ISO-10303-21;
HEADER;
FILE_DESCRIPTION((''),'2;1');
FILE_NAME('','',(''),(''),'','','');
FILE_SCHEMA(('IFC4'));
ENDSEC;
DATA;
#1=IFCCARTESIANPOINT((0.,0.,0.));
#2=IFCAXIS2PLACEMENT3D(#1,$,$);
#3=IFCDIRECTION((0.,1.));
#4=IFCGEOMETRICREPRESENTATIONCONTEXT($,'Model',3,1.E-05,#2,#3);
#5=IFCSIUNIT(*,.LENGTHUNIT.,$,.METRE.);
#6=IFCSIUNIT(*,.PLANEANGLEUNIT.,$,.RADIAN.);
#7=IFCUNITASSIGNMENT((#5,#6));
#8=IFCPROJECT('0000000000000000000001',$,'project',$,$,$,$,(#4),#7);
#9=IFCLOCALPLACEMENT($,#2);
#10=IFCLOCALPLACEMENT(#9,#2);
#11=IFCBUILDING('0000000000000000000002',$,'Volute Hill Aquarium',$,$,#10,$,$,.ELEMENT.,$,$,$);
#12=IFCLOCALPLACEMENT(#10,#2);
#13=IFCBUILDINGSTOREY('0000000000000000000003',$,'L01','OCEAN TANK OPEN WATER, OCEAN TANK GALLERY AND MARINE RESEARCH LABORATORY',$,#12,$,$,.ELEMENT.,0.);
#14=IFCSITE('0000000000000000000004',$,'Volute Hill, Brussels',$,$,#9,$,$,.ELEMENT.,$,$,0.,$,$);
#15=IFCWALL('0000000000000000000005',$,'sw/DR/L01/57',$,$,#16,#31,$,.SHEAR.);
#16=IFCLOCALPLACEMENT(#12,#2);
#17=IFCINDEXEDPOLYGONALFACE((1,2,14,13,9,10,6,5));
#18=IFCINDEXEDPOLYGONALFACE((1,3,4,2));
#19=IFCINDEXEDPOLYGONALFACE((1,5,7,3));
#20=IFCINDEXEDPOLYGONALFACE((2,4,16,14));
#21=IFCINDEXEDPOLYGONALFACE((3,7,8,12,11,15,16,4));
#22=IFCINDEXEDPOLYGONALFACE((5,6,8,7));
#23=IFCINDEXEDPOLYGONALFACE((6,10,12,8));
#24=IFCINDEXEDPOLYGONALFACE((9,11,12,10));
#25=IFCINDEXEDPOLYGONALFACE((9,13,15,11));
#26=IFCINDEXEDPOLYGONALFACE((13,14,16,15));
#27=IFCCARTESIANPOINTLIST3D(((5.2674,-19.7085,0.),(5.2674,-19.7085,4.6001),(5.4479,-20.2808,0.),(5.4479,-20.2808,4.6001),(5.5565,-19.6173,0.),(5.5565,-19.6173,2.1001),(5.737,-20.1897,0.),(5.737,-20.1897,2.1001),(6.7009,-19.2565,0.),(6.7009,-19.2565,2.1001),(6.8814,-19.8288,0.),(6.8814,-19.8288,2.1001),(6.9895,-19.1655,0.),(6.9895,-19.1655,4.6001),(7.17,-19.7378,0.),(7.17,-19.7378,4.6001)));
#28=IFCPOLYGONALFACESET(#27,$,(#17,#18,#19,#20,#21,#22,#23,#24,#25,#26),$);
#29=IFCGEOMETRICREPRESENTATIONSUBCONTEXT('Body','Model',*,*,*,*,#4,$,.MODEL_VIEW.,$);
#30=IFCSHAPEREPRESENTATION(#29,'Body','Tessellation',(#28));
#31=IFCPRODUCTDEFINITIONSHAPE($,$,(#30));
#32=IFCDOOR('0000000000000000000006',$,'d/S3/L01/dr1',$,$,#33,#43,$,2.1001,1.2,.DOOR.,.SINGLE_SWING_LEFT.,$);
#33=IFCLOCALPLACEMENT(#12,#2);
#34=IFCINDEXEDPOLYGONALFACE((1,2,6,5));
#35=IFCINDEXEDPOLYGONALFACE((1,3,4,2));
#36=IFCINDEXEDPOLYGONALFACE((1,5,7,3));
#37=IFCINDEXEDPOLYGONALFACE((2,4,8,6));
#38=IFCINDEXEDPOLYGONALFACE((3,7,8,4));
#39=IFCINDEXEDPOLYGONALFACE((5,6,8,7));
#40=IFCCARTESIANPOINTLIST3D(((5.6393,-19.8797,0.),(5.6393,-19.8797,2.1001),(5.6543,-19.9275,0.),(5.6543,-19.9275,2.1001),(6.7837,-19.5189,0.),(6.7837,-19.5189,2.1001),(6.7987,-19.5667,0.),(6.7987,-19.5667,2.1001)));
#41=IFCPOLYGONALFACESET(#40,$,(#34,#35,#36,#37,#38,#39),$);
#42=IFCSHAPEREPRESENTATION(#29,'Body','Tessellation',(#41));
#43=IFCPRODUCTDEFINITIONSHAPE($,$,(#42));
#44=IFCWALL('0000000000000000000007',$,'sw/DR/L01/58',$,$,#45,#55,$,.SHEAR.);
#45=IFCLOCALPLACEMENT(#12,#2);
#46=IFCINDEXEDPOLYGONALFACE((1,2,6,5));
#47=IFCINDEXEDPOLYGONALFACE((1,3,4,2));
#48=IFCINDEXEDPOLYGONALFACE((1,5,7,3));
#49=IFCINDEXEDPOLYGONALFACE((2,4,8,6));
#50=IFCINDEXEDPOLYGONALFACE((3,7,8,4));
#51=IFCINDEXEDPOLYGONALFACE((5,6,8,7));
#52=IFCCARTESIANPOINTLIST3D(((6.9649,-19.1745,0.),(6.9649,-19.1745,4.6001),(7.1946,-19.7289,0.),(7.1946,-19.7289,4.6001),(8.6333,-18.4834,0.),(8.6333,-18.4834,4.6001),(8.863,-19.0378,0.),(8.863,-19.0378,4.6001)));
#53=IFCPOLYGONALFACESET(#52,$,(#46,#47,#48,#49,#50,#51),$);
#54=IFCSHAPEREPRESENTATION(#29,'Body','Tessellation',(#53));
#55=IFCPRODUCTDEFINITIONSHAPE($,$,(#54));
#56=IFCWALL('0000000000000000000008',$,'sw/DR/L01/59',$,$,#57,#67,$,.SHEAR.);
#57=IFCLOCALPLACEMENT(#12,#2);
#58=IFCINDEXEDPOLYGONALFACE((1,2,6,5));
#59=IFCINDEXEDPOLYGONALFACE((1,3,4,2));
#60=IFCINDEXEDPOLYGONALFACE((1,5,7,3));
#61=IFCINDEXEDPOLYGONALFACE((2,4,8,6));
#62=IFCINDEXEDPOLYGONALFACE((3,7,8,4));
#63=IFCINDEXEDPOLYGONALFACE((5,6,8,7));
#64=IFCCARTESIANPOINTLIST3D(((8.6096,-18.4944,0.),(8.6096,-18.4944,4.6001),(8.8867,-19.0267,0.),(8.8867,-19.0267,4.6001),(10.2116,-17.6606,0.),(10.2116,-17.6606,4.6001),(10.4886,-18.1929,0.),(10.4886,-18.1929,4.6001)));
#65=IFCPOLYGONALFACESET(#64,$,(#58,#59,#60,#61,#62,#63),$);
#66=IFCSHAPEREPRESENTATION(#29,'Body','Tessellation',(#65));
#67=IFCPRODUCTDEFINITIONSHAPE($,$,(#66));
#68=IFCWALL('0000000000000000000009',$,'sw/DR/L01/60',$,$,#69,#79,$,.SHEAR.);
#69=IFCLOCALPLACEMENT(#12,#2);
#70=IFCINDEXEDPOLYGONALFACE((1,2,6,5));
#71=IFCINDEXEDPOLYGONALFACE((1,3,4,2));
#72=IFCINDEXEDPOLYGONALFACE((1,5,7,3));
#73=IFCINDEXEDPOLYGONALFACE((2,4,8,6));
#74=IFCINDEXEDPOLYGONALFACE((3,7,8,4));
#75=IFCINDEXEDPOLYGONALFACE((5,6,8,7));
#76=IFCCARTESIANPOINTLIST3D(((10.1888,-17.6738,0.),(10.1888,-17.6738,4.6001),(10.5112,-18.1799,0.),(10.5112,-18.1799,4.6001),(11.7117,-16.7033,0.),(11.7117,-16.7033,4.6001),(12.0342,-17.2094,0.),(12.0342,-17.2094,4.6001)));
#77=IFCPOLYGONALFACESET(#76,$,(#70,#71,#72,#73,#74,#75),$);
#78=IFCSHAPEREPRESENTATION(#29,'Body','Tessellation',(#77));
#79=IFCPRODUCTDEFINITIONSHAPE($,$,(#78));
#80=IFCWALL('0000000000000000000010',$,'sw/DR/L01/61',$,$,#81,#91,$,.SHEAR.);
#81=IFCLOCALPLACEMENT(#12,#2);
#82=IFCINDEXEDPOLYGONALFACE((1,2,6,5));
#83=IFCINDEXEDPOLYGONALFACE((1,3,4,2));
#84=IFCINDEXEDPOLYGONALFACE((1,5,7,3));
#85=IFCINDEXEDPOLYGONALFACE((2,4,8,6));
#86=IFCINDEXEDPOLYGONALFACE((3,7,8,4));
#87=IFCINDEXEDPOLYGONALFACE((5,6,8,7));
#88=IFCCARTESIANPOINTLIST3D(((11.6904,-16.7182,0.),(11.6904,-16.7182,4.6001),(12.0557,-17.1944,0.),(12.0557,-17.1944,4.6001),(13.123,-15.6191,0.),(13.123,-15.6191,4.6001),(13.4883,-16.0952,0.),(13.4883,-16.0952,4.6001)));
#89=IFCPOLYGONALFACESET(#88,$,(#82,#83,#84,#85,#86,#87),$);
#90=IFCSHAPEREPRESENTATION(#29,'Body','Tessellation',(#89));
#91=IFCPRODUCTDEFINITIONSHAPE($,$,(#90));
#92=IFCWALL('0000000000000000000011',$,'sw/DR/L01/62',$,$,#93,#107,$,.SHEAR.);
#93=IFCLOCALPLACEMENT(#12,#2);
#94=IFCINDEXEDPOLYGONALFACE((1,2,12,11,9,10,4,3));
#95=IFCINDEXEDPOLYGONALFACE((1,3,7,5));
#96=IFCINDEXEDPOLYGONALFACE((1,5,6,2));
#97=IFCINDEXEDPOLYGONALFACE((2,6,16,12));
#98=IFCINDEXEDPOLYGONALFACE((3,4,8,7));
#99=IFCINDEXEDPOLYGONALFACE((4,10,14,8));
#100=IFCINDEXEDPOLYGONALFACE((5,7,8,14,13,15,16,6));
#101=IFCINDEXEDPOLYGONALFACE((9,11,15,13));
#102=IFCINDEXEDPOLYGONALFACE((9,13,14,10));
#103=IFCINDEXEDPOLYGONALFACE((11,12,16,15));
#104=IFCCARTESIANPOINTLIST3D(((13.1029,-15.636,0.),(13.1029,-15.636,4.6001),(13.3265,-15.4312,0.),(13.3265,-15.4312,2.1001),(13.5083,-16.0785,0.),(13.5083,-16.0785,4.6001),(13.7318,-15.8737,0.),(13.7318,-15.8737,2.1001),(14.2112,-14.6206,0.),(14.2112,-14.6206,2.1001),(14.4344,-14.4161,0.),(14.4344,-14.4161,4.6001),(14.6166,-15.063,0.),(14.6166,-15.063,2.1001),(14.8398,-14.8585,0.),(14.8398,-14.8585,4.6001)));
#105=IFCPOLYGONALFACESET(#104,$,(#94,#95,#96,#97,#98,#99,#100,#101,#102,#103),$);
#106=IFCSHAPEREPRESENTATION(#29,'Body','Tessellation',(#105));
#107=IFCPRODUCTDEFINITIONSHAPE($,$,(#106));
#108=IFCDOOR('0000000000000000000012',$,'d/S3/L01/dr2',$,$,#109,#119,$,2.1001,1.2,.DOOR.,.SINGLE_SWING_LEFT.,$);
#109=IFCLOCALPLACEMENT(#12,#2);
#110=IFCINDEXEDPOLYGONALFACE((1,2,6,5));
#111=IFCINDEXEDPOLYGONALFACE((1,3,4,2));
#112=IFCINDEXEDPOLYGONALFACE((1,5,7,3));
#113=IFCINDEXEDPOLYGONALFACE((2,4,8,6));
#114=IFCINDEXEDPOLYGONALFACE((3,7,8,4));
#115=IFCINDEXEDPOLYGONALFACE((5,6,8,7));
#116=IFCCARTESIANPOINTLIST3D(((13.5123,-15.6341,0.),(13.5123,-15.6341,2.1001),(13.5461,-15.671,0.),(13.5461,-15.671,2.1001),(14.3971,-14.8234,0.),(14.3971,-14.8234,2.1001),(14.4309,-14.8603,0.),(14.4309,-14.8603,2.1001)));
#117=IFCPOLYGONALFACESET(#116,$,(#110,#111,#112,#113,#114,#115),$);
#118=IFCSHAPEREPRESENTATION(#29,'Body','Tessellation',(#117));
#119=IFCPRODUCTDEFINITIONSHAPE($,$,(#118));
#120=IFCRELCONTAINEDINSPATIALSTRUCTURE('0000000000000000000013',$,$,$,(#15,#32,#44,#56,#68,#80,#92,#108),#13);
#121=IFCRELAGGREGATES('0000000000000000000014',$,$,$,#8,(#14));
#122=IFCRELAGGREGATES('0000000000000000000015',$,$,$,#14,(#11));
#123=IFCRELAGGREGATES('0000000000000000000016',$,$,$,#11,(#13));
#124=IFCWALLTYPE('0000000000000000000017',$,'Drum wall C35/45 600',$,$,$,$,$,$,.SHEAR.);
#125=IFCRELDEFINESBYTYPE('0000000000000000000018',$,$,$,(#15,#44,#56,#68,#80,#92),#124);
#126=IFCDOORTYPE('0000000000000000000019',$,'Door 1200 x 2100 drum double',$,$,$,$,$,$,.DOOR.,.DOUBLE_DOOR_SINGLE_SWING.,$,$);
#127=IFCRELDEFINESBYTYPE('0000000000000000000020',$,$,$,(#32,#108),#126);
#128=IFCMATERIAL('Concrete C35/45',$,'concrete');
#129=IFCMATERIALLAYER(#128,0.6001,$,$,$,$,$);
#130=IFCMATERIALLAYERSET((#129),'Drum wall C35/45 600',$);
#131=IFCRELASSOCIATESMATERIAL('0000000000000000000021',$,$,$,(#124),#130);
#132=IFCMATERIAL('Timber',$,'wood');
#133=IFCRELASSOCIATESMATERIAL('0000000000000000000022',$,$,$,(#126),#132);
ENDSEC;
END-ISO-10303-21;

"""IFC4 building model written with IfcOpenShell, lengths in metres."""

from ifc_helpers import new_model, si_unit, direction, frame, frame_2d, origin, place, context, subcontext, project, spatial, rectangle, extrude, material, layer, layer_set, type_object, element, fill, save


model = new_model("IFC4")

# Units and contexts
model_context = context("Model", 3, precision=1e-05, world=origin(), true_north=direction((0.0, 1.0)))
body_context = subcontext(model_context, "Body", "Model", "MODEL_VIEW")
ifc_project = project(units=[si_unit("LENGTHUNIT", "METRE"), si_unit("PLANEANGLEUNIT", "RADIAN")], contexts=[model_context])

# Site, building, storey
site_placement = place(None, origin())
site = spatial("IfcSite", under=ifc_project, at=site_placement, Name="Volute Hill, Brussels", CompositionType="ELEMENT", RefElevation=0.0)
building_placement = place(site_placement, origin())
building = spatial("IfcBuilding", under=site, at=building_placement, Name="Volute Hill Aquarium", CompositionType="ELEMENT")
storey_placement = place(building_placement, origin())
storey = spatial("IfcBuildingStorey", under=building, at=storey_placement, Name="L01", Description="OCEAN TANK OPEN WATER, OCEAN TANK GALLERY AND MARINE RESEARCH LABORATORY", CompositionType="ELEMENT", Elevation=0.0)

# Shared definitions
ifc_material_1 = material(Name="Concrete C35/45", Category="concrete")
ifc_layer_1 = layer(ifc_material_1, 0.6001)
ifc_layer_set_1 = layer_set([ifc_layer_1], Name="Drum wall C35/45 600")
wall_type_1 = type_object("IfcWallType", Name="Drum wall C35/45 600", PredefinedType="SHEAR", material=ifc_layer_set_1)

# Wall, opening, door
wall_1_placement = place(storey_placement, frame((5.3577, -19.9946, 0.0), z_axis=(0.0, 0.0, 1.0), x_axis=(0.953722, 0.300691, 0.0)))
wall_1 = element("IfcWall", 1, at=wall_1_placement, inside=storey, type_object=wall_type_1, Name="sw/DR/L01/57", PredefinedType="SHEAR", context=body_context, shape_type="SweptSolid", body=[
    extrude(rectangle(XDim=1.8057, YDim=0.6001, at=frame_2d((0.9028, 0.0))), origin(), (0.0, 0.0, 1.0), 4.6001),
])
opening_1_placement = place(wall_1_placement, frame((0.303, 0.0, 0.0)))
opening_1 = element("IfcOpeningElement", 2, at=opening_1_placement, cuts=wall_1, PredefinedType="OPENING", context=body_context, shape_type="SweptSolid", body=[
    extrude(rectangle(XDim=1.2, YDim=2.1001, at=frame_2d((0.6001, 1.05))), frame((0.0, 0.3101, 0.0), z_axis=(0.0, -1.0, 0.0), x_axis=(1.0, 0.0, 0.0)), (0.0, 0.0, 1.0), 0.6201),
])
ifc_material_2 = material(Name="Timber", Category="wood")
door_type_1 = type_object("IfcDoorType", Name="Door 1200 x 2100 drum double", OperationType="DOUBLE_DOOR_SINGLE_SWING", PredefinedType="DOOR", material=ifc_material_2)
door_1_placement = place(opening_1_placement, origin())
door_1 = element("IfcDoor", 3, at=door_1_placement, inside=storey, type_object=door_type_1, Name="d/S3/L01/dr1", OperationType="SINGLE_SWING_LEFT", OverallHeight=2.1001, OverallWidth=1.2, PredefinedType="DOOR", context=body_context, shape_type="SweptSolid", body=[
    extrude(rectangle(XDim=1.2, YDim=2.1001, at=frame_2d((0.6001, 1.05))), frame((0.0, 0.0249, 0.0), z_axis=(0.0, -1.0, 0.0), x_axis=(1.0, 0.0, 0.0)), (0.0, 0.0, 1.0), 0.05),
])
fill(opening_1, door_1)

# Walls
for number, where, z_axis, x_axis, name in (
    (4, (7.0798, -19.4517, 0.0), (0.0, 0.0, 1.0), (0.923867, 0.382714, 0.0), "sw/DR/L01/58"),
    (5, (8.7483, -18.7605, 0.0), (0.0, 0.0, 1.0), (0.887035, 0.461702, 0.0), "sw/DR/L01/59"),
    (6, (10.3501, -17.9268, 0.0), (0.0, 0.0, 1.0), (0.843333, 0.537392, 0.0), "sw/DR/L01/60"),
):
    element("IfcWall", number, at=place(storey_placement, frame(where, z_axis=z_axis, x_axis=x_axis)), inside=storey, type_object=wall_type_1, Name=name, PredefinedType="SHEAR", context=body_context, shape_type="SweptSolid", body=[
        extrude(rectangle(XDim=1.8059, YDim=0.6001, at=frame_2d((0.9028, 0.0))), origin(), (0.0, 0.0, 1.0), 4.6001),
    ])
wall_2_placement = place(storey_placement, frame((11.873, -16.9563, 0.0), z_axis=(0.0, 0.0, 1.0), x_axis=(0.793397, 0.608704, 0.0)))
element("IfcWall", 7, at=wall_2_placement, inside=storey, type_object=wall_type_1, Name="sw/DR/L01/61", PredefinedType="SHEAR", context=body_context, shape_type="SweptSolid", body=[
    extrude(rectangle(XDim=1.8057, YDim=0.6001, at=frame_2d((0.9028, 0.0))), origin(), (0.0, 0.0, 1.0), 4.6001),
])

# Wall, opening, door
wall_3_placement = place(storey_placement, frame((13.3057, -15.8572, 0.0), z_axis=(0.0, 0.0, 1.0), x_axis=(0.737322, 0.675541, 0.0)))
wall_3 = element("IfcWall", 8, at=wall_3_placement, inside=storey, type_object=wall_type_1, Name="sw/DR/L01/62", PredefinedType="SHEAR", context=body_context, shape_type="SweptSolid", body=[
    extrude(rectangle(XDim=1.8059, YDim=0.6001, at=frame_2d((0.9028, 0.0))), origin(), (0.0, 0.0, 1.0), 4.6001),
])
opening_2_placement = place(wall_3_placement, frame((0.303, 0.0, 0.0)))
opening_2 = element("IfcOpeningElement", 9, at=opening_2_placement, cuts=wall_3, PredefinedType="OPENING", context=body_context, shape_type="SweptSolid", body=[
    extrude(rectangle(XDim=1.2, YDim=2.1001, at=frame_2d((0.6001, 1.05))), frame((0.0, 0.3101, 0.0), z_axis=(0.0, -1.0, 0.0), x_axis=(1.0, 0.0, 0.0)), (0.0, 0.0, 1.0), 0.6201),
])
door_2_placement = place(opening_2_placement, origin())
door_2 = element("IfcDoor", 10, at=door_2_placement, inside=storey, type_object=door_type_1, Name="d/S3/L01/dr2", OperationType="SINGLE_SWING_LEFT", OverallHeight=2.1001, OverallWidth=1.2, PredefinedType="DOOR", context=body_context, shape_type="SweptSolid", body=[
    extrude(rectangle(XDim=1.2, YDim=2.1001, at=frame_2d((0.6001, 1.05))), frame((0.0, 0.0249, 0.0), z_axis=(0.0, -1.0, 0.0), x_axis=(1.0, 0.0, 0.0)), (0.0, 0.0, 1.0), 0.05),
])
fill(opening_2, door_2)

save(model, "model.ifc")
